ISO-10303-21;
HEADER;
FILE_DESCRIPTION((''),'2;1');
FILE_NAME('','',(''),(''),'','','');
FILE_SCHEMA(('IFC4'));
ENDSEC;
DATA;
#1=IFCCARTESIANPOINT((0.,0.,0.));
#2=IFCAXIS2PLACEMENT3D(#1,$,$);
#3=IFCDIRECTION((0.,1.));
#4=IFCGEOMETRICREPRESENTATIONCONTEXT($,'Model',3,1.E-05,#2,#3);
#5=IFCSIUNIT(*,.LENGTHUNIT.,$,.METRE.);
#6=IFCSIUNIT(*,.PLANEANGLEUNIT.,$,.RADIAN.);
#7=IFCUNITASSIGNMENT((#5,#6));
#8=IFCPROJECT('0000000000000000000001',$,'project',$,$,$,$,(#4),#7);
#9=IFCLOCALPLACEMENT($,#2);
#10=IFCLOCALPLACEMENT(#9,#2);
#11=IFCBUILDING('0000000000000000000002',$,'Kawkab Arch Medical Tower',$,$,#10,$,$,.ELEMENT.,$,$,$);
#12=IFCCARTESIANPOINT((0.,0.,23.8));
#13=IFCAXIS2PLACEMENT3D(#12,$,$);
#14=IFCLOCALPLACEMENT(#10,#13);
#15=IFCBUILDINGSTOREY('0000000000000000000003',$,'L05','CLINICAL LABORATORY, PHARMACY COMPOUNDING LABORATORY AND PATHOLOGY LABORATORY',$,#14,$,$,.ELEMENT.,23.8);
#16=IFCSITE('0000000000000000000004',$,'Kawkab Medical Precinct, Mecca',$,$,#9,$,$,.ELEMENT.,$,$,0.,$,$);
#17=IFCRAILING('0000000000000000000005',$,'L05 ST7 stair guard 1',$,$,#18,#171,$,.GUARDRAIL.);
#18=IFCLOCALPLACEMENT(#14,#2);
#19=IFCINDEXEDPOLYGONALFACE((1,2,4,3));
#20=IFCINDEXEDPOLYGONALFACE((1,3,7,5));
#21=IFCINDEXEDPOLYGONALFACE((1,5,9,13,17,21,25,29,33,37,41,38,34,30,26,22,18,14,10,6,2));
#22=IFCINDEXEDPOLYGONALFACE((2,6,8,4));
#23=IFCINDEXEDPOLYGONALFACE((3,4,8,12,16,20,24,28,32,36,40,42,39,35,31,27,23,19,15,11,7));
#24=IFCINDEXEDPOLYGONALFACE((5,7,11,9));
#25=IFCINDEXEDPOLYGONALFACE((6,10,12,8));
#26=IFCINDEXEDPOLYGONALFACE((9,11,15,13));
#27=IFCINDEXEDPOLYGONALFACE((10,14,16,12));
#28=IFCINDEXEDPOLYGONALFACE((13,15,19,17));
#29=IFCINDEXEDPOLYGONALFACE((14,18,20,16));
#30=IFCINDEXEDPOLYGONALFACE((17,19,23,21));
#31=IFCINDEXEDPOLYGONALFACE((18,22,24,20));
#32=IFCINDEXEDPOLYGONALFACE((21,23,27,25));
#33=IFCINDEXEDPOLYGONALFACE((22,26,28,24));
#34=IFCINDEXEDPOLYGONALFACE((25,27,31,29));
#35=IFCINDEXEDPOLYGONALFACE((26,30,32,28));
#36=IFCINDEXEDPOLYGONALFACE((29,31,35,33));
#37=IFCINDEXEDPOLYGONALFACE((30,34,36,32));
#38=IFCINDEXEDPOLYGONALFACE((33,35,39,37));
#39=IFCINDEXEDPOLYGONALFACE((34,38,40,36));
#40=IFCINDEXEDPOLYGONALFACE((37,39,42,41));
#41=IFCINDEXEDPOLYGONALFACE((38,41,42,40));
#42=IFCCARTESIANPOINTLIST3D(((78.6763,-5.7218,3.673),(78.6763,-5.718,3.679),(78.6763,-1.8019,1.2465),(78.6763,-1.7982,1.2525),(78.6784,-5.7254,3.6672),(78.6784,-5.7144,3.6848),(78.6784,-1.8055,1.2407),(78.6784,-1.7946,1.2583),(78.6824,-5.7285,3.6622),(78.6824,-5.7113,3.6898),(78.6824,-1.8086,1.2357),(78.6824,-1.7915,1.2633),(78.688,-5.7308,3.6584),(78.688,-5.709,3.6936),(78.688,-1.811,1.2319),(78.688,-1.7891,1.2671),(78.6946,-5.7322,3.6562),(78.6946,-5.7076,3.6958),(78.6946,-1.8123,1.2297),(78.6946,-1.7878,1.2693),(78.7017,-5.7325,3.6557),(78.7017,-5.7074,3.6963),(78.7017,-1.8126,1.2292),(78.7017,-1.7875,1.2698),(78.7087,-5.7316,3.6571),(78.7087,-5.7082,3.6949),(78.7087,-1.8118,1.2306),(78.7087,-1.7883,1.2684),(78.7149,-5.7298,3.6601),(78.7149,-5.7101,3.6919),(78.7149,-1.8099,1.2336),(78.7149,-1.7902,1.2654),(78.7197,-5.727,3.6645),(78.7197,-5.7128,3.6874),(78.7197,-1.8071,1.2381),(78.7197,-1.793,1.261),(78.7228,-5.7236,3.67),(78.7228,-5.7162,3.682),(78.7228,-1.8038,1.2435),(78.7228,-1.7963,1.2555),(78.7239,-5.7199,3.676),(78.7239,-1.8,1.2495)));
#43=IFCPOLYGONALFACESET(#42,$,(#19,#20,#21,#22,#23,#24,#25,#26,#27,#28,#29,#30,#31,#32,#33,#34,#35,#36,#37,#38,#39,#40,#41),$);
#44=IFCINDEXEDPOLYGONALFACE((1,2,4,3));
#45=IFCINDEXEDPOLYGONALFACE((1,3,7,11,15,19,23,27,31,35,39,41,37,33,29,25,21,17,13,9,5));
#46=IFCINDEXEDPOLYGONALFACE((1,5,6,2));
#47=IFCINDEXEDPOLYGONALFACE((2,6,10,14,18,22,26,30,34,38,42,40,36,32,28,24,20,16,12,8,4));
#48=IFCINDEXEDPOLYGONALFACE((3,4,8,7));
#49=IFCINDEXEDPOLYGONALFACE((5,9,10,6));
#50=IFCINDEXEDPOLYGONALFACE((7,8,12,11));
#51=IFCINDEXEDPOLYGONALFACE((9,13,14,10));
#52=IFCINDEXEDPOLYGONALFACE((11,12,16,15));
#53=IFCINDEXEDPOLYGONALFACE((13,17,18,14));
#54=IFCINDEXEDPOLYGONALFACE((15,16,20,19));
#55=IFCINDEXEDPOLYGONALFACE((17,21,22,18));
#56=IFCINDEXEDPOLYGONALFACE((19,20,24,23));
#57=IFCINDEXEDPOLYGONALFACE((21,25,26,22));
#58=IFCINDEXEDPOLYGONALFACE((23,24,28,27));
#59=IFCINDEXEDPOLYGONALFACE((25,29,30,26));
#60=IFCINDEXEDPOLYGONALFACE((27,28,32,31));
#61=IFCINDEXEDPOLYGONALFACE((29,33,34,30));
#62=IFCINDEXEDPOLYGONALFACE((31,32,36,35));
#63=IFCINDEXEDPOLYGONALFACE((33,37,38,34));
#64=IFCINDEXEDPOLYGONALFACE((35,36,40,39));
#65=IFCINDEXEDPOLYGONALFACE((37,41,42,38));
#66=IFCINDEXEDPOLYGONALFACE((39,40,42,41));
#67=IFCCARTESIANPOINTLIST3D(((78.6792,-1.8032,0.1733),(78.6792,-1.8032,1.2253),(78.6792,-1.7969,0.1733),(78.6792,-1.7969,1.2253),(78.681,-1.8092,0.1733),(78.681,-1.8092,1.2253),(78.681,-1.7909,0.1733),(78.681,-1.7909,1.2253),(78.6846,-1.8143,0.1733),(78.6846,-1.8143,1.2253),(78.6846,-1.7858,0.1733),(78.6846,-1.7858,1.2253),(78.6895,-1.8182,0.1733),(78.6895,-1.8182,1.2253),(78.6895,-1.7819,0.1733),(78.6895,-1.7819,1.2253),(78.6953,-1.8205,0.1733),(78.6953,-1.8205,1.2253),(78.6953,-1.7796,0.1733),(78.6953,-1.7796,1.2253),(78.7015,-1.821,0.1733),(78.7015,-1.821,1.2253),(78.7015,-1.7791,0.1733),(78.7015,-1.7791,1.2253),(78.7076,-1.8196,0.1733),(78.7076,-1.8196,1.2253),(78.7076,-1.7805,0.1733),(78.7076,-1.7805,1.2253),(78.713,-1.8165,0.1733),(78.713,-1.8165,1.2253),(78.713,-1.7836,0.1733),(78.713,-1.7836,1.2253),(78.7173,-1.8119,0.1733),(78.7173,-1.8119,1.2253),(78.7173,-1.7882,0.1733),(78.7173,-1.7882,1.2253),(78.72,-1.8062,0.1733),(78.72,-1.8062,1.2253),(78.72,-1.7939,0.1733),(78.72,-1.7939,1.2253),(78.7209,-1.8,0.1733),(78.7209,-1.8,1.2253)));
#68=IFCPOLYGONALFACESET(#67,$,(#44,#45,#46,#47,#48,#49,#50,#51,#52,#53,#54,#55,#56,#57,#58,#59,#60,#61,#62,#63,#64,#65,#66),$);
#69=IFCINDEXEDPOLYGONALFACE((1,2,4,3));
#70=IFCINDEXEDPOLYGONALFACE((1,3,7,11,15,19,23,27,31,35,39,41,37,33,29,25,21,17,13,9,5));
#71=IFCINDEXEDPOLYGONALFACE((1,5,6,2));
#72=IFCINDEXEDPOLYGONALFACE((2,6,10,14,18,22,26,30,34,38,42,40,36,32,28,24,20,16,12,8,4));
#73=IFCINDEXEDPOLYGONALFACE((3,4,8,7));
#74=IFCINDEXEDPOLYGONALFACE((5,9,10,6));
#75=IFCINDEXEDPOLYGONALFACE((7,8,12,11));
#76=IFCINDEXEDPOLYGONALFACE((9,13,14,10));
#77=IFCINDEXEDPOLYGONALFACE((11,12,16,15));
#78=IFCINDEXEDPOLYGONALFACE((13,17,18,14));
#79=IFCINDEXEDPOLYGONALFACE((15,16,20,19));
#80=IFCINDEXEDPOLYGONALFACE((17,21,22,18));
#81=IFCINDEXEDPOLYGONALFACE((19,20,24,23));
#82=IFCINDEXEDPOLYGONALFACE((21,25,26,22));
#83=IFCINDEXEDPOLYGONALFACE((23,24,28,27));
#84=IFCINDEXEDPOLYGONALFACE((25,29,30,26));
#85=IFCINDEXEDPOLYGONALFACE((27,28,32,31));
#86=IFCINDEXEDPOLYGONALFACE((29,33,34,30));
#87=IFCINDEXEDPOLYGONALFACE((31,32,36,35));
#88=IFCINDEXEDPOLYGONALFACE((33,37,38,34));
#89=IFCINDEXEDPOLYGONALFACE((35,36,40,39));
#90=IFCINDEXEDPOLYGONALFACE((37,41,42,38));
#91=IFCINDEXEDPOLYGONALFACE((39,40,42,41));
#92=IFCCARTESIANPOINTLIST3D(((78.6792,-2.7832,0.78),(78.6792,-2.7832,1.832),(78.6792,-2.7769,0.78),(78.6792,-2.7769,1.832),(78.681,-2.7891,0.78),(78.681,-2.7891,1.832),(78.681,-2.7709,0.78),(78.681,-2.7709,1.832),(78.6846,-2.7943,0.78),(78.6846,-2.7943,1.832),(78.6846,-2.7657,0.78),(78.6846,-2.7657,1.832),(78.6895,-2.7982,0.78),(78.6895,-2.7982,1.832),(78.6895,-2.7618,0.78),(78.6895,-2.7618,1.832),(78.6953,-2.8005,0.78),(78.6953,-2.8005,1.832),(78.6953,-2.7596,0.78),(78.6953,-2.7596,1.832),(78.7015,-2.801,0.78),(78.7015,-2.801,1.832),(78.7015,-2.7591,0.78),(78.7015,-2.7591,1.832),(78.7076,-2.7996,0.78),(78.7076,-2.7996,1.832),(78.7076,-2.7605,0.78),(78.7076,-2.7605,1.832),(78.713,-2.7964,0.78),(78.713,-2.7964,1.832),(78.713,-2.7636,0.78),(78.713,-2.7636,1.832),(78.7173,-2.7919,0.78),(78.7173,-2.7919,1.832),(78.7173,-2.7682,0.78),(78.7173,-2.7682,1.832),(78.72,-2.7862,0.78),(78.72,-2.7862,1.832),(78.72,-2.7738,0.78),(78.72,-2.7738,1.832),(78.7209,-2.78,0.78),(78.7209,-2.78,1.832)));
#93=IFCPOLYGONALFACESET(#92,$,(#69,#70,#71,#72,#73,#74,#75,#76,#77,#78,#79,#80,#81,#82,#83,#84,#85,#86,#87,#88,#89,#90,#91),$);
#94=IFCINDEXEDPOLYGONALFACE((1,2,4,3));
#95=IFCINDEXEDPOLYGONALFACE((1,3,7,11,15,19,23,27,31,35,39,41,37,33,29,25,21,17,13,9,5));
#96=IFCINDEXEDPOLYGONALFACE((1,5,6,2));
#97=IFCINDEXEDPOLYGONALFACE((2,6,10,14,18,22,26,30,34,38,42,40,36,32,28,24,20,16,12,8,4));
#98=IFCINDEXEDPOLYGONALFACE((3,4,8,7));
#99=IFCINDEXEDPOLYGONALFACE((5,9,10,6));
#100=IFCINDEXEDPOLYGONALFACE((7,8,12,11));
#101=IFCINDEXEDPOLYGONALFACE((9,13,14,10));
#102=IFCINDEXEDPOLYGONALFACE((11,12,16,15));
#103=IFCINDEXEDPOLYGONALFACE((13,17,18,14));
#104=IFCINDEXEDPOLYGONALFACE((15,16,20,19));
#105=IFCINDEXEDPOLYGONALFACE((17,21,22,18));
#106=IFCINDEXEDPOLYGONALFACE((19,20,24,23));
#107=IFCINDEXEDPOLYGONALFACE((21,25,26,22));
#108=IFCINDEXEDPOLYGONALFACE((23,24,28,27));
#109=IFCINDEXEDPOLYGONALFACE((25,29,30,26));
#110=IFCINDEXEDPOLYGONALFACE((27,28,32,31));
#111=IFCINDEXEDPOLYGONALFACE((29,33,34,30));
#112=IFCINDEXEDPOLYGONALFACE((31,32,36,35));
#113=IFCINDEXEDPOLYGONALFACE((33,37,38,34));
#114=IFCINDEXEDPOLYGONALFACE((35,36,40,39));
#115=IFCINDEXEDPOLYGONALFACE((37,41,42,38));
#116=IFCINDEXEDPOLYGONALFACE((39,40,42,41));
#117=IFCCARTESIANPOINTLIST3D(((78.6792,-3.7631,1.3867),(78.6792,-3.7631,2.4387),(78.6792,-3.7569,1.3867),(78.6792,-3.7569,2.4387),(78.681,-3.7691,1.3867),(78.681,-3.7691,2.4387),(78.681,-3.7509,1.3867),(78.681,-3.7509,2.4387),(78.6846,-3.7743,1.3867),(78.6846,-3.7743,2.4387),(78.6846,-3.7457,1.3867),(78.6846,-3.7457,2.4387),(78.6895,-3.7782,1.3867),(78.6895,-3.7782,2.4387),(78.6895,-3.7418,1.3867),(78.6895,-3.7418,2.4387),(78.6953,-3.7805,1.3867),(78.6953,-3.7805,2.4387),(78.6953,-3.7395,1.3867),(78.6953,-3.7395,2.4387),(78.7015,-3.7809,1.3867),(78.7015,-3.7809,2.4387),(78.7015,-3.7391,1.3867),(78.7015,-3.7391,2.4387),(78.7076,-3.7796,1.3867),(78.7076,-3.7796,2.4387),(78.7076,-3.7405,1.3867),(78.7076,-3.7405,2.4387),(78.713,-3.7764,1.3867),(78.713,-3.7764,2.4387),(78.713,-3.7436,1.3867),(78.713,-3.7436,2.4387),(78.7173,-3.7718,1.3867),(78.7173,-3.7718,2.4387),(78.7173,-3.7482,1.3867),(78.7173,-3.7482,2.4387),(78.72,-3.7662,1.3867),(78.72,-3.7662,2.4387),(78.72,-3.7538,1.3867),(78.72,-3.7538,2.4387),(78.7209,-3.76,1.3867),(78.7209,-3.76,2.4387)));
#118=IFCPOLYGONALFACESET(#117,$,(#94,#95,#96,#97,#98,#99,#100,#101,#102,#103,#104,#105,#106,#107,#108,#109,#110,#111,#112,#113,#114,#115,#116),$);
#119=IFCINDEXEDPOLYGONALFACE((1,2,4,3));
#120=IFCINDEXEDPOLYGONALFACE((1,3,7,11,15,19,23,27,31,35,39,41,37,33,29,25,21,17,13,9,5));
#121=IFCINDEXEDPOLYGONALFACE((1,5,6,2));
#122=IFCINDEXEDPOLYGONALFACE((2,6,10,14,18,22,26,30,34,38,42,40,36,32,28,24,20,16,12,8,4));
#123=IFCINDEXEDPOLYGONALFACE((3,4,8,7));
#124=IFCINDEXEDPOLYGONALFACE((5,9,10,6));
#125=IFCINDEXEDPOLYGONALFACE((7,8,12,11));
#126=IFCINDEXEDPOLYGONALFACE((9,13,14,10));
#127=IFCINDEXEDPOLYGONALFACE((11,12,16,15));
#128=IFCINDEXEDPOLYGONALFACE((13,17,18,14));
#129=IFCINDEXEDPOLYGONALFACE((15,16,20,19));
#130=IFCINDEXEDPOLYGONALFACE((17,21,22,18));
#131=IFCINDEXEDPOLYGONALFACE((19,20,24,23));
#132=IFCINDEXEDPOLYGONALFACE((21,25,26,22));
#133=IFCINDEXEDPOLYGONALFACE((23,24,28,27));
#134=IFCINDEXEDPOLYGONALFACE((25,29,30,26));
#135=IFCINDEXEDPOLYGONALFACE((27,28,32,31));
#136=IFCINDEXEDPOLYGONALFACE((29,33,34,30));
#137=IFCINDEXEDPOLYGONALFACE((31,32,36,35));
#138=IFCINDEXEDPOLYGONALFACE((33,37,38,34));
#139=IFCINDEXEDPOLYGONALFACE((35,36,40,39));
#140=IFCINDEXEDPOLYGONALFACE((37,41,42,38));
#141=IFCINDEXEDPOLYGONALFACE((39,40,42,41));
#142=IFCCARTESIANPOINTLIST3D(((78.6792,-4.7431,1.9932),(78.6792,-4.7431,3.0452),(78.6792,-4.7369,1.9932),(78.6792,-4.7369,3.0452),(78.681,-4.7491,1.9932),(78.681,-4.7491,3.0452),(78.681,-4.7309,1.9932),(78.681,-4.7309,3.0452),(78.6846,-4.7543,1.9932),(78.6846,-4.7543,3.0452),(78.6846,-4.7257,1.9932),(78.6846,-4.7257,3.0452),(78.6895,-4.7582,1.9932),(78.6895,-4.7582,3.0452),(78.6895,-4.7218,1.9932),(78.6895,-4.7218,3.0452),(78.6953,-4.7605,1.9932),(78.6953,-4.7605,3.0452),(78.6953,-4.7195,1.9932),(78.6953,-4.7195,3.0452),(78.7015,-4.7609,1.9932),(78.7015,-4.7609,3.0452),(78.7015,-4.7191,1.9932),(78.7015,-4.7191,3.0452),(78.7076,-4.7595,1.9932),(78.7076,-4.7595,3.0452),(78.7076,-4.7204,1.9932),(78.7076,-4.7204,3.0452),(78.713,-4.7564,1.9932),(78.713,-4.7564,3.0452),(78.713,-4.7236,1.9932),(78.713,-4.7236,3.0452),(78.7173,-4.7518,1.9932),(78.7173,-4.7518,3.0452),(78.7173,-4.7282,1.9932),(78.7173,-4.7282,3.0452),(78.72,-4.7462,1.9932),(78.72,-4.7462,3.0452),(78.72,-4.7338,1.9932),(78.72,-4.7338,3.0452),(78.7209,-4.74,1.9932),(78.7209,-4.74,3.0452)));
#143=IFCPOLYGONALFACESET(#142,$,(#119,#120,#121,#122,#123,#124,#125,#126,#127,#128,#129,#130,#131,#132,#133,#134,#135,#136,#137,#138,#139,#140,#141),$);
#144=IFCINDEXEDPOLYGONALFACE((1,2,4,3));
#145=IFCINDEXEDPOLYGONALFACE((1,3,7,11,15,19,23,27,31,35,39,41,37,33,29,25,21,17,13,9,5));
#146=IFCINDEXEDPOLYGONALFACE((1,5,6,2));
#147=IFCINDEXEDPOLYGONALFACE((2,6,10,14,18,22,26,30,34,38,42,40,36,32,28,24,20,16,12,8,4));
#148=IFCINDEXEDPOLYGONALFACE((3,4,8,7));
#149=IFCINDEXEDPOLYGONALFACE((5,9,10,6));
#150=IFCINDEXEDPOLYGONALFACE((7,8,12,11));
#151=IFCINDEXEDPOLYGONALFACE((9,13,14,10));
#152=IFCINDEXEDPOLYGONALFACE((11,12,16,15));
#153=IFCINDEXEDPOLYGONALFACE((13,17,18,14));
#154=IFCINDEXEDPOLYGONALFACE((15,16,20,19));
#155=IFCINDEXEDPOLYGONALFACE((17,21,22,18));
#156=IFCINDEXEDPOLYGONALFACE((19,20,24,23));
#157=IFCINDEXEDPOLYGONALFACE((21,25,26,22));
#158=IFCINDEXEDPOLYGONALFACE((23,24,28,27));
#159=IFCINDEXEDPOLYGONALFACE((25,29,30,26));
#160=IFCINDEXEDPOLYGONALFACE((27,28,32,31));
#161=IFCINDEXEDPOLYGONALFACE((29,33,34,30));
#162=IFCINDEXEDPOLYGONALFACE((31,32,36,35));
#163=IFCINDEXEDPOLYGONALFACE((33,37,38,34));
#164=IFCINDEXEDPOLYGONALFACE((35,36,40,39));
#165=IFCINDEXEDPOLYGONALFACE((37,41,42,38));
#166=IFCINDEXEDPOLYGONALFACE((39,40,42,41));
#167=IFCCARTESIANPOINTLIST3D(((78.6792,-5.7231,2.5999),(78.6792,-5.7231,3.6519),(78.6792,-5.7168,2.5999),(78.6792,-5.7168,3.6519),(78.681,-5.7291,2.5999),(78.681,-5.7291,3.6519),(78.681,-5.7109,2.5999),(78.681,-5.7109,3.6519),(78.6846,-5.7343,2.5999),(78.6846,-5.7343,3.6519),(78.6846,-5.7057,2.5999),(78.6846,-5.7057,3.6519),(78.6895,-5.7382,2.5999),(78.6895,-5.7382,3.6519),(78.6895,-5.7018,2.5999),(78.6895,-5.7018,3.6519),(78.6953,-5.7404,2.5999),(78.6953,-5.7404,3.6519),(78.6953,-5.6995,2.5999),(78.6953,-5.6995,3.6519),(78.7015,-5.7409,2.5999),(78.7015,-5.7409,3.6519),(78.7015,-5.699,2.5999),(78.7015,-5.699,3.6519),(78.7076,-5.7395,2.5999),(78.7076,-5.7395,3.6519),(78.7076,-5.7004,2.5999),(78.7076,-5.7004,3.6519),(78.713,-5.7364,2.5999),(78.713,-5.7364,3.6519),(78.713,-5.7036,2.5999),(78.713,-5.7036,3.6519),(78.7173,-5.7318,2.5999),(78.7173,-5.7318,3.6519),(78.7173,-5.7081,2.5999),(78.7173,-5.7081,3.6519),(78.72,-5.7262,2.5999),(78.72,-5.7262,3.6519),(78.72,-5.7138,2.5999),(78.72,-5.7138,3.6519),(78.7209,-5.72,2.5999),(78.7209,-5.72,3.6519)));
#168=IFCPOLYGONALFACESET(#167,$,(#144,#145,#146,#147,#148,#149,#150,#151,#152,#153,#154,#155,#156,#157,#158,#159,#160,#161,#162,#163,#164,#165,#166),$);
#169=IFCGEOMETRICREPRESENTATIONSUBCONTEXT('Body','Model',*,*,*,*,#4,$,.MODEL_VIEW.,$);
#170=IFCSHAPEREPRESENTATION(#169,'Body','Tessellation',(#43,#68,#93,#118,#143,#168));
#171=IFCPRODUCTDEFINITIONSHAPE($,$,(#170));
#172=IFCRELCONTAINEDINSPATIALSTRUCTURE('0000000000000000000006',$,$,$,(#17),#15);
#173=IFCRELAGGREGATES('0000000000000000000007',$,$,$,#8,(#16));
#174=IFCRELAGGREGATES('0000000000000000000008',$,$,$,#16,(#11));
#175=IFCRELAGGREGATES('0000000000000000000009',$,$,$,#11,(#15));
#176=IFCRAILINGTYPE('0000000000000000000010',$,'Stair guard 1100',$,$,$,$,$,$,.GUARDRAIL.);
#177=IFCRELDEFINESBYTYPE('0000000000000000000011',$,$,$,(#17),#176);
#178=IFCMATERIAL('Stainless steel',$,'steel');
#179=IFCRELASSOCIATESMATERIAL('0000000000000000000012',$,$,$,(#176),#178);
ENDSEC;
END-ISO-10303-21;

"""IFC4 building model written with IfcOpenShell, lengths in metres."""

from ifc_helpers import new_model, si_unit, direction, frame, origin, origin_2d, place, context, subcontext, project, spatial, circle, extrude, material, type_object, element, save


model = new_model("IFC4")

# Units and contexts
model_context = context("Model", 3, precision=1e-05, world=origin(), true_north=direction((0.0, 1.0)))
body_context = subcontext(model_context, "Body", "Model", "MODEL_VIEW")
ifc_project = project(units=[si_unit("LENGTHUNIT", "METRE"), si_unit("PLANEANGLEUNIT", "RADIAN")], contexts=[model_context])

# Site, building, storey
site_placement = place(None, origin())
site = spatial("IfcSite", under=ifc_project, at=site_placement, Name="Kawkab Medical Precinct, Mecca", CompositionType="ELEMENT", RefElevation=0.0)
building_placement = place(site_placement, origin())
building = spatial("IfcBuilding", under=site, at=building_placement, Name="Kawkab Arch Medical Tower", CompositionType="ELEMENT")
storey_placement = place(building_placement, frame((0.0, 0.0, 23.8)))
storey = spatial("IfcBuildingStorey", under=building, at=storey_placement, Name="L05", Description="CLINICAL LABORATORY, PHARMACY COMPOUNDING LABORATORY AND PATHOLOGY LABORATORY", CompositionType="ELEMENT", Elevation=23.8)

# Railing
ifc_material_1 = material(Name="Stainless steel", Category="steel")
railing_type = type_object("IfcRailingType", Name="Stair guard 1100", PredefinedType="GUARDRAIL", material=ifc_material_1)
railing_1_placement = place(storey_placement, frame((78.7, -1.8, 0.1733)))
element("IfcRailing", 1, at=railing_1_placement, inside=storey, type_object=railing_type, Name="L05 ST7 stair guard 1", PredefinedType="GUARDRAIL", context=body_context, shape_type="SweptSolid", body=[
    extrude(circle(Radius=0.0239, at=origin_2d()), frame((0.0, 0.0, 1.0762), z_axis=(0.0, -0.850275, 0.526338), x_axis=(1.0, 0.0, 0.0)), (0.0, 0.0, 1.0), 4.6101),
    extrude(circle(Radius=0.021, at=origin_2d()), origin(), (0.0, 0.0, 1.0), 1.052),
    extrude(circle(Radius=0.021, at=origin_2d()), frame((0.0, -0.98, 0.6067)), (0.0, 0.0, 1.0), 1.052),
    extrude(circle(Radius=0.021, at=origin_2d()), frame((0.0, -1.96, 1.2134)), (0.0, 0.0, 1.0), 1.052),
    extrude(circle(Radius=0.021, at=origin_2d()), frame((0.0, -2.9399, 1.8198)), (0.0, 0.0, 1.0), 1.052),
    extrude(circle(Radius=0.021, at=origin_2d()), frame((0.0, -3.9199, 2.4265)), (0.0, 0.0, 1.0), 1.052),
])

save(model, "model.ifc")
